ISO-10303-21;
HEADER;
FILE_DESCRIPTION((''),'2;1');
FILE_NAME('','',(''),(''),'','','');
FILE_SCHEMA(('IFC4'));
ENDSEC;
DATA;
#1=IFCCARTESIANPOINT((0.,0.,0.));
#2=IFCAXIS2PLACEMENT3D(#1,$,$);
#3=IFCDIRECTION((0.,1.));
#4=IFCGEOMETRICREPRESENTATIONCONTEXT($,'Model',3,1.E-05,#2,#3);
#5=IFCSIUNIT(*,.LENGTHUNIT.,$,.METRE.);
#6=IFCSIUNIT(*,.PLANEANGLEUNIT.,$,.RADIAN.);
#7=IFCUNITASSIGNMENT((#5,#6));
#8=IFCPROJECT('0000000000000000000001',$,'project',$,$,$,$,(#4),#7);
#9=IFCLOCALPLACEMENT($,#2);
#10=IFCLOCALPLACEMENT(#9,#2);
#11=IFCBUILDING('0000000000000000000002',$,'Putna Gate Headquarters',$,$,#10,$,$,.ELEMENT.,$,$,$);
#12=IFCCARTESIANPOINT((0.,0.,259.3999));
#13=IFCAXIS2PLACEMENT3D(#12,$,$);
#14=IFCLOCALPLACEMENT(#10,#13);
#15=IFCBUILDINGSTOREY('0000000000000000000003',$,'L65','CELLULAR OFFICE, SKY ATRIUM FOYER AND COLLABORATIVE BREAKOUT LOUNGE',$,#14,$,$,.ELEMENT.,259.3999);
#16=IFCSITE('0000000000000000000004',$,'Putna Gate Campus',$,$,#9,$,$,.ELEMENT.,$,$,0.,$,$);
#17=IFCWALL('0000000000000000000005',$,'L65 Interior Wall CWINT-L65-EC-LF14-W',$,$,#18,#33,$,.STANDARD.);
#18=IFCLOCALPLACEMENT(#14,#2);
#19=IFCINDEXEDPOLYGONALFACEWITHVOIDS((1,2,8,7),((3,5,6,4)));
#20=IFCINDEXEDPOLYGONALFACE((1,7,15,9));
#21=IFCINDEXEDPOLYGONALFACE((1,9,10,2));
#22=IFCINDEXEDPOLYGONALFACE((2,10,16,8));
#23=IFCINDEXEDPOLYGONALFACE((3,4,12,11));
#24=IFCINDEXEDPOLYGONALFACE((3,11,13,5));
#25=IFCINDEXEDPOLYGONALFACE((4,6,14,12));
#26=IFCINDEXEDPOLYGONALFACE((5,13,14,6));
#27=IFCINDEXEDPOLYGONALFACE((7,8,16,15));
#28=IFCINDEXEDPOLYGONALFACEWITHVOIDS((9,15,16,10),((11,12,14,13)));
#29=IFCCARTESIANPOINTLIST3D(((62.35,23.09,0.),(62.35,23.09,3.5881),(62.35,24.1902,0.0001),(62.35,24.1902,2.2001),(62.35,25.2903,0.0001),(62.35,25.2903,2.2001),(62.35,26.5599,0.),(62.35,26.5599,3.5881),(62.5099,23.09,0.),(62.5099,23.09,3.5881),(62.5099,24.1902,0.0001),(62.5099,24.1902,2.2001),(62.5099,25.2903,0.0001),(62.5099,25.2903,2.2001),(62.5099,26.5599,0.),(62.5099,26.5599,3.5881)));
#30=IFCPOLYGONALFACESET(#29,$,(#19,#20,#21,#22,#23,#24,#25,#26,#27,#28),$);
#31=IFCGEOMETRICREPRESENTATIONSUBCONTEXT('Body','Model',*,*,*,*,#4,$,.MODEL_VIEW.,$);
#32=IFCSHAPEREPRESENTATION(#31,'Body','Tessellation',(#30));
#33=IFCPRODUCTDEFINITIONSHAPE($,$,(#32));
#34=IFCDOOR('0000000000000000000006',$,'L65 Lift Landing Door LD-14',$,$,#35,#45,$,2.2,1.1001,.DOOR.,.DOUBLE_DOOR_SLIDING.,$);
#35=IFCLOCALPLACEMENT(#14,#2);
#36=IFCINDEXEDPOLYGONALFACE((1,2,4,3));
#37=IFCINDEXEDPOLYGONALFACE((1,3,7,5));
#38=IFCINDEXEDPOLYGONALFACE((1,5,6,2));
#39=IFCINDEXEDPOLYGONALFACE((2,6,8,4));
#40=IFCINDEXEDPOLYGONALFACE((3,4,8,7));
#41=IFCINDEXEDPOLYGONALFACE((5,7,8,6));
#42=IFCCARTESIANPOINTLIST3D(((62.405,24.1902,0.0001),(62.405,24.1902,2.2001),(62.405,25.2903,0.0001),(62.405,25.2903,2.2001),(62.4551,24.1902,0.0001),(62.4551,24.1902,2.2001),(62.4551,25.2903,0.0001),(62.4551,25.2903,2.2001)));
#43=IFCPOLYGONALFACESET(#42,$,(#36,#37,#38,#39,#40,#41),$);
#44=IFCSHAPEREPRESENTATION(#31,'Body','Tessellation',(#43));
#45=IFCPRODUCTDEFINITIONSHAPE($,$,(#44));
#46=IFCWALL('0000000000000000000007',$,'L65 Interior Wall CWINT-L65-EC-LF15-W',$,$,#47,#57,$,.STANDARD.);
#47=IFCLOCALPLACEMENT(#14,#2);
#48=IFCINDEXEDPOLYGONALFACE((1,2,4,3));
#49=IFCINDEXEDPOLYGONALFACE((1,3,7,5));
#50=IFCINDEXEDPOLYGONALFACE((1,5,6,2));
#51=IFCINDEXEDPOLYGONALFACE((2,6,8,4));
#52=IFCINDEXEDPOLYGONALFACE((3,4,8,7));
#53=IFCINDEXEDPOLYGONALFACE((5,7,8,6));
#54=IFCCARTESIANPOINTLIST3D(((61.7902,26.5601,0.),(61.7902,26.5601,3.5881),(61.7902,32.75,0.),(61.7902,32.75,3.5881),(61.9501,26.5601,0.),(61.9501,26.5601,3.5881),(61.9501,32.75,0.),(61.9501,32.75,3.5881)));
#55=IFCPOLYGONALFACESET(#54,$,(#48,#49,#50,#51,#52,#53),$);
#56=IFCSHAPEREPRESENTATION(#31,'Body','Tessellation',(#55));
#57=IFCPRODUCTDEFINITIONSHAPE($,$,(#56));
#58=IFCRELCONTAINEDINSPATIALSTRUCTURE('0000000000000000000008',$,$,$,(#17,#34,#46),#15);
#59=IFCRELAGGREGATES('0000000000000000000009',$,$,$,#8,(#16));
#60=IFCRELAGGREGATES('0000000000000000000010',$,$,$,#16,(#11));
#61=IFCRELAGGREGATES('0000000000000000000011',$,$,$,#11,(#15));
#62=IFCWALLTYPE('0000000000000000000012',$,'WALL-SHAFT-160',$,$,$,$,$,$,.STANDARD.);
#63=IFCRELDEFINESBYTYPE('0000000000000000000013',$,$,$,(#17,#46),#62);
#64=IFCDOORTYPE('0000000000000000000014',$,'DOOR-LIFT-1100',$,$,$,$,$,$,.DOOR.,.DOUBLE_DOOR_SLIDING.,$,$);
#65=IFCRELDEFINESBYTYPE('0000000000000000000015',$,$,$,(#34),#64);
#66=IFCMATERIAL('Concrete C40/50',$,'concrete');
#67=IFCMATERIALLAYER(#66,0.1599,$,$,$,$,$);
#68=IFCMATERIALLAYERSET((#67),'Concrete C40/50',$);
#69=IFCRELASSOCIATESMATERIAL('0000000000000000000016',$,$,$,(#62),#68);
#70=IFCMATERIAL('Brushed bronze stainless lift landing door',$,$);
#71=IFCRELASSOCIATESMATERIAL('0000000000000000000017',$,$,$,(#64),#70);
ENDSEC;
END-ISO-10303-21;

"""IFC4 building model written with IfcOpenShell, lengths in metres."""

from ifc_helpers import new_model, si_unit, direction, frame, frame_2d, origin, place, context, subcontext, project, spatial, rectangle, extrude, material, layer, layer_set, type_object, element, fill, save


model = new_model("IFC4")

# Units and contexts
model_context = context("Model", 3, precision=1e-05, world=origin(), true_north=direction((0.0, 1.0)))
body_context = subcontext(model_context, "Body", "Model", "MODEL_VIEW")
ifc_project = project(units=[si_unit("LENGTHUNIT", "METRE"), si_unit("PLANEANGLEUNIT", "RADIAN")], contexts=[model_context])

# Site, building, storey
site_placement = place(None, origin())
site = spatial("IfcSite", under=ifc_project, at=site_placement, Name="Putna Gate Campus", CompositionType="ELEMENT", RefElevation=0.0)
building_placement = place(site_placement, origin())
building = spatial("IfcBuilding", under=site, at=building_placement, Name="Putna Gate Headquarters", CompositionType="ELEMENT")
storey_placement = place(building_placement, frame((0.0, 0.0, 259.3999)))
storey = spatial("IfcBuildingStorey", under=building, at=storey_placement, Name="L65", Description="CELLULAR OFFICE, SKY ATRIUM FOYER AND COLLABORATIVE BREAKOUT LOUNGE", CompositionType="ELEMENT", Elevation=259.3999)

# Wall, opening, door
ifc_material_1 = material(Name="Concrete C40/50", Category="concrete")
ifc_layer_1 = layer(ifc_material_1, 0.1599)
ifc_layer_set_1 = layer_set([ifc_layer_1], Name="Concrete C40/50")
wall_type_1 = type_object("IfcWallType", Name="WALL-SHAFT-160", PredefinedType="STANDARD", material=ifc_layer_set_1)
wall_1_placement = place(storey_placement, frame((62.4299, 23.0901, 0.0), z_axis=(0.0, 0.0, 1.0), x_axis=(0.0, 1.0, 0.0)))
wall_1 = element("IfcWall", 1, at=wall_1_placement, inside=storey, type_object=wall_type_1, Name="L65 Interior Wall CWINT-L65-EC-LF14-W", PredefinedType="STANDARD", context=body_context, shape_type="SweptSolid", body=[
    extrude(rectangle(XDim=3.47, YDim=0.1599, at=frame_2d((1.7349, 0.0))), origin(), (0.0, 0.0, 1.0), 3.5881),
])
opening_1_placement = place(wall_1_placement, frame((1.1001, 0.0, 0.0)))
opening_1 = element("IfcOpeningElement", 2, at=opening_1_placement, cuts=wall_1, PredefinedType="OPENING", context=body_context, shape_type="SweptSolid", body=[
    extrude(rectangle(XDim=1.1001, YDim=2.2, at=frame_2d((0.55, 1.1001))), frame((0.0, 0.0898, 0.0), z_axis=(0.0, -1.0, 0.0), x_axis=(1.0, 0.0, 0.0)), (0.0, 0.0, 1.0), 0.1799),
])
ifc_material_2 = material(Name="Brushed bronze stainless lift landing door")
door_type_1 = type_object("IfcDoorType", Name="DOOR-LIFT-1100", OperationType="DOUBLE_DOOR_SLIDING", PredefinedType="DOOR", material=ifc_material_2)
door_1_placement = place(opening_1_placement, origin())
door_1 = element("IfcDoor", 3, at=door_1_placement, inside=storey, type_object=door_type_1, Name="L65 Lift Landing Door LD-14", OperationType="DOUBLE_DOOR_SLIDING", OverallHeight=2.2, OverallWidth=1.1001, PredefinedType="DOOR", context=body_context, shape_type="SweptSolid", body=[
    extrude(rectangle(XDim=1.1001, YDim=2.2, at=frame_2d((0.55, 1.1001))), frame((0.0, 0.0249, 0.0), z_axis=(0.0, -1.0, 0.0), x_axis=(1.0, 0.0, 0.0)), (0.0, 0.0, 1.0), 0.05),
])
fill(opening_1, door_1)

# Wall
wall_2_placement = place(storey_placement, frame((61.8701, 26.5601, 0.0), z_axis=(0.0, 0.0, 1.0), x_axis=(0.0, 1.0, 0.0)))
element("IfcWall", 4, at=wall_2_placement, inside=storey, type_object=wall_type_1, Name="L65 Interior Wall CWINT-L65-EC-LF15-W", PredefinedType="STANDARD", context=body_context, shape_type="SweptSolid", body=[
    extrude(rectangle(XDim=6.1899, YDim=0.1599, at=frame_2d((3.095, 0.0))), origin(), (0.0, 0.0, 1.0), 3.5881),
])

save(model, "model.ifc")
